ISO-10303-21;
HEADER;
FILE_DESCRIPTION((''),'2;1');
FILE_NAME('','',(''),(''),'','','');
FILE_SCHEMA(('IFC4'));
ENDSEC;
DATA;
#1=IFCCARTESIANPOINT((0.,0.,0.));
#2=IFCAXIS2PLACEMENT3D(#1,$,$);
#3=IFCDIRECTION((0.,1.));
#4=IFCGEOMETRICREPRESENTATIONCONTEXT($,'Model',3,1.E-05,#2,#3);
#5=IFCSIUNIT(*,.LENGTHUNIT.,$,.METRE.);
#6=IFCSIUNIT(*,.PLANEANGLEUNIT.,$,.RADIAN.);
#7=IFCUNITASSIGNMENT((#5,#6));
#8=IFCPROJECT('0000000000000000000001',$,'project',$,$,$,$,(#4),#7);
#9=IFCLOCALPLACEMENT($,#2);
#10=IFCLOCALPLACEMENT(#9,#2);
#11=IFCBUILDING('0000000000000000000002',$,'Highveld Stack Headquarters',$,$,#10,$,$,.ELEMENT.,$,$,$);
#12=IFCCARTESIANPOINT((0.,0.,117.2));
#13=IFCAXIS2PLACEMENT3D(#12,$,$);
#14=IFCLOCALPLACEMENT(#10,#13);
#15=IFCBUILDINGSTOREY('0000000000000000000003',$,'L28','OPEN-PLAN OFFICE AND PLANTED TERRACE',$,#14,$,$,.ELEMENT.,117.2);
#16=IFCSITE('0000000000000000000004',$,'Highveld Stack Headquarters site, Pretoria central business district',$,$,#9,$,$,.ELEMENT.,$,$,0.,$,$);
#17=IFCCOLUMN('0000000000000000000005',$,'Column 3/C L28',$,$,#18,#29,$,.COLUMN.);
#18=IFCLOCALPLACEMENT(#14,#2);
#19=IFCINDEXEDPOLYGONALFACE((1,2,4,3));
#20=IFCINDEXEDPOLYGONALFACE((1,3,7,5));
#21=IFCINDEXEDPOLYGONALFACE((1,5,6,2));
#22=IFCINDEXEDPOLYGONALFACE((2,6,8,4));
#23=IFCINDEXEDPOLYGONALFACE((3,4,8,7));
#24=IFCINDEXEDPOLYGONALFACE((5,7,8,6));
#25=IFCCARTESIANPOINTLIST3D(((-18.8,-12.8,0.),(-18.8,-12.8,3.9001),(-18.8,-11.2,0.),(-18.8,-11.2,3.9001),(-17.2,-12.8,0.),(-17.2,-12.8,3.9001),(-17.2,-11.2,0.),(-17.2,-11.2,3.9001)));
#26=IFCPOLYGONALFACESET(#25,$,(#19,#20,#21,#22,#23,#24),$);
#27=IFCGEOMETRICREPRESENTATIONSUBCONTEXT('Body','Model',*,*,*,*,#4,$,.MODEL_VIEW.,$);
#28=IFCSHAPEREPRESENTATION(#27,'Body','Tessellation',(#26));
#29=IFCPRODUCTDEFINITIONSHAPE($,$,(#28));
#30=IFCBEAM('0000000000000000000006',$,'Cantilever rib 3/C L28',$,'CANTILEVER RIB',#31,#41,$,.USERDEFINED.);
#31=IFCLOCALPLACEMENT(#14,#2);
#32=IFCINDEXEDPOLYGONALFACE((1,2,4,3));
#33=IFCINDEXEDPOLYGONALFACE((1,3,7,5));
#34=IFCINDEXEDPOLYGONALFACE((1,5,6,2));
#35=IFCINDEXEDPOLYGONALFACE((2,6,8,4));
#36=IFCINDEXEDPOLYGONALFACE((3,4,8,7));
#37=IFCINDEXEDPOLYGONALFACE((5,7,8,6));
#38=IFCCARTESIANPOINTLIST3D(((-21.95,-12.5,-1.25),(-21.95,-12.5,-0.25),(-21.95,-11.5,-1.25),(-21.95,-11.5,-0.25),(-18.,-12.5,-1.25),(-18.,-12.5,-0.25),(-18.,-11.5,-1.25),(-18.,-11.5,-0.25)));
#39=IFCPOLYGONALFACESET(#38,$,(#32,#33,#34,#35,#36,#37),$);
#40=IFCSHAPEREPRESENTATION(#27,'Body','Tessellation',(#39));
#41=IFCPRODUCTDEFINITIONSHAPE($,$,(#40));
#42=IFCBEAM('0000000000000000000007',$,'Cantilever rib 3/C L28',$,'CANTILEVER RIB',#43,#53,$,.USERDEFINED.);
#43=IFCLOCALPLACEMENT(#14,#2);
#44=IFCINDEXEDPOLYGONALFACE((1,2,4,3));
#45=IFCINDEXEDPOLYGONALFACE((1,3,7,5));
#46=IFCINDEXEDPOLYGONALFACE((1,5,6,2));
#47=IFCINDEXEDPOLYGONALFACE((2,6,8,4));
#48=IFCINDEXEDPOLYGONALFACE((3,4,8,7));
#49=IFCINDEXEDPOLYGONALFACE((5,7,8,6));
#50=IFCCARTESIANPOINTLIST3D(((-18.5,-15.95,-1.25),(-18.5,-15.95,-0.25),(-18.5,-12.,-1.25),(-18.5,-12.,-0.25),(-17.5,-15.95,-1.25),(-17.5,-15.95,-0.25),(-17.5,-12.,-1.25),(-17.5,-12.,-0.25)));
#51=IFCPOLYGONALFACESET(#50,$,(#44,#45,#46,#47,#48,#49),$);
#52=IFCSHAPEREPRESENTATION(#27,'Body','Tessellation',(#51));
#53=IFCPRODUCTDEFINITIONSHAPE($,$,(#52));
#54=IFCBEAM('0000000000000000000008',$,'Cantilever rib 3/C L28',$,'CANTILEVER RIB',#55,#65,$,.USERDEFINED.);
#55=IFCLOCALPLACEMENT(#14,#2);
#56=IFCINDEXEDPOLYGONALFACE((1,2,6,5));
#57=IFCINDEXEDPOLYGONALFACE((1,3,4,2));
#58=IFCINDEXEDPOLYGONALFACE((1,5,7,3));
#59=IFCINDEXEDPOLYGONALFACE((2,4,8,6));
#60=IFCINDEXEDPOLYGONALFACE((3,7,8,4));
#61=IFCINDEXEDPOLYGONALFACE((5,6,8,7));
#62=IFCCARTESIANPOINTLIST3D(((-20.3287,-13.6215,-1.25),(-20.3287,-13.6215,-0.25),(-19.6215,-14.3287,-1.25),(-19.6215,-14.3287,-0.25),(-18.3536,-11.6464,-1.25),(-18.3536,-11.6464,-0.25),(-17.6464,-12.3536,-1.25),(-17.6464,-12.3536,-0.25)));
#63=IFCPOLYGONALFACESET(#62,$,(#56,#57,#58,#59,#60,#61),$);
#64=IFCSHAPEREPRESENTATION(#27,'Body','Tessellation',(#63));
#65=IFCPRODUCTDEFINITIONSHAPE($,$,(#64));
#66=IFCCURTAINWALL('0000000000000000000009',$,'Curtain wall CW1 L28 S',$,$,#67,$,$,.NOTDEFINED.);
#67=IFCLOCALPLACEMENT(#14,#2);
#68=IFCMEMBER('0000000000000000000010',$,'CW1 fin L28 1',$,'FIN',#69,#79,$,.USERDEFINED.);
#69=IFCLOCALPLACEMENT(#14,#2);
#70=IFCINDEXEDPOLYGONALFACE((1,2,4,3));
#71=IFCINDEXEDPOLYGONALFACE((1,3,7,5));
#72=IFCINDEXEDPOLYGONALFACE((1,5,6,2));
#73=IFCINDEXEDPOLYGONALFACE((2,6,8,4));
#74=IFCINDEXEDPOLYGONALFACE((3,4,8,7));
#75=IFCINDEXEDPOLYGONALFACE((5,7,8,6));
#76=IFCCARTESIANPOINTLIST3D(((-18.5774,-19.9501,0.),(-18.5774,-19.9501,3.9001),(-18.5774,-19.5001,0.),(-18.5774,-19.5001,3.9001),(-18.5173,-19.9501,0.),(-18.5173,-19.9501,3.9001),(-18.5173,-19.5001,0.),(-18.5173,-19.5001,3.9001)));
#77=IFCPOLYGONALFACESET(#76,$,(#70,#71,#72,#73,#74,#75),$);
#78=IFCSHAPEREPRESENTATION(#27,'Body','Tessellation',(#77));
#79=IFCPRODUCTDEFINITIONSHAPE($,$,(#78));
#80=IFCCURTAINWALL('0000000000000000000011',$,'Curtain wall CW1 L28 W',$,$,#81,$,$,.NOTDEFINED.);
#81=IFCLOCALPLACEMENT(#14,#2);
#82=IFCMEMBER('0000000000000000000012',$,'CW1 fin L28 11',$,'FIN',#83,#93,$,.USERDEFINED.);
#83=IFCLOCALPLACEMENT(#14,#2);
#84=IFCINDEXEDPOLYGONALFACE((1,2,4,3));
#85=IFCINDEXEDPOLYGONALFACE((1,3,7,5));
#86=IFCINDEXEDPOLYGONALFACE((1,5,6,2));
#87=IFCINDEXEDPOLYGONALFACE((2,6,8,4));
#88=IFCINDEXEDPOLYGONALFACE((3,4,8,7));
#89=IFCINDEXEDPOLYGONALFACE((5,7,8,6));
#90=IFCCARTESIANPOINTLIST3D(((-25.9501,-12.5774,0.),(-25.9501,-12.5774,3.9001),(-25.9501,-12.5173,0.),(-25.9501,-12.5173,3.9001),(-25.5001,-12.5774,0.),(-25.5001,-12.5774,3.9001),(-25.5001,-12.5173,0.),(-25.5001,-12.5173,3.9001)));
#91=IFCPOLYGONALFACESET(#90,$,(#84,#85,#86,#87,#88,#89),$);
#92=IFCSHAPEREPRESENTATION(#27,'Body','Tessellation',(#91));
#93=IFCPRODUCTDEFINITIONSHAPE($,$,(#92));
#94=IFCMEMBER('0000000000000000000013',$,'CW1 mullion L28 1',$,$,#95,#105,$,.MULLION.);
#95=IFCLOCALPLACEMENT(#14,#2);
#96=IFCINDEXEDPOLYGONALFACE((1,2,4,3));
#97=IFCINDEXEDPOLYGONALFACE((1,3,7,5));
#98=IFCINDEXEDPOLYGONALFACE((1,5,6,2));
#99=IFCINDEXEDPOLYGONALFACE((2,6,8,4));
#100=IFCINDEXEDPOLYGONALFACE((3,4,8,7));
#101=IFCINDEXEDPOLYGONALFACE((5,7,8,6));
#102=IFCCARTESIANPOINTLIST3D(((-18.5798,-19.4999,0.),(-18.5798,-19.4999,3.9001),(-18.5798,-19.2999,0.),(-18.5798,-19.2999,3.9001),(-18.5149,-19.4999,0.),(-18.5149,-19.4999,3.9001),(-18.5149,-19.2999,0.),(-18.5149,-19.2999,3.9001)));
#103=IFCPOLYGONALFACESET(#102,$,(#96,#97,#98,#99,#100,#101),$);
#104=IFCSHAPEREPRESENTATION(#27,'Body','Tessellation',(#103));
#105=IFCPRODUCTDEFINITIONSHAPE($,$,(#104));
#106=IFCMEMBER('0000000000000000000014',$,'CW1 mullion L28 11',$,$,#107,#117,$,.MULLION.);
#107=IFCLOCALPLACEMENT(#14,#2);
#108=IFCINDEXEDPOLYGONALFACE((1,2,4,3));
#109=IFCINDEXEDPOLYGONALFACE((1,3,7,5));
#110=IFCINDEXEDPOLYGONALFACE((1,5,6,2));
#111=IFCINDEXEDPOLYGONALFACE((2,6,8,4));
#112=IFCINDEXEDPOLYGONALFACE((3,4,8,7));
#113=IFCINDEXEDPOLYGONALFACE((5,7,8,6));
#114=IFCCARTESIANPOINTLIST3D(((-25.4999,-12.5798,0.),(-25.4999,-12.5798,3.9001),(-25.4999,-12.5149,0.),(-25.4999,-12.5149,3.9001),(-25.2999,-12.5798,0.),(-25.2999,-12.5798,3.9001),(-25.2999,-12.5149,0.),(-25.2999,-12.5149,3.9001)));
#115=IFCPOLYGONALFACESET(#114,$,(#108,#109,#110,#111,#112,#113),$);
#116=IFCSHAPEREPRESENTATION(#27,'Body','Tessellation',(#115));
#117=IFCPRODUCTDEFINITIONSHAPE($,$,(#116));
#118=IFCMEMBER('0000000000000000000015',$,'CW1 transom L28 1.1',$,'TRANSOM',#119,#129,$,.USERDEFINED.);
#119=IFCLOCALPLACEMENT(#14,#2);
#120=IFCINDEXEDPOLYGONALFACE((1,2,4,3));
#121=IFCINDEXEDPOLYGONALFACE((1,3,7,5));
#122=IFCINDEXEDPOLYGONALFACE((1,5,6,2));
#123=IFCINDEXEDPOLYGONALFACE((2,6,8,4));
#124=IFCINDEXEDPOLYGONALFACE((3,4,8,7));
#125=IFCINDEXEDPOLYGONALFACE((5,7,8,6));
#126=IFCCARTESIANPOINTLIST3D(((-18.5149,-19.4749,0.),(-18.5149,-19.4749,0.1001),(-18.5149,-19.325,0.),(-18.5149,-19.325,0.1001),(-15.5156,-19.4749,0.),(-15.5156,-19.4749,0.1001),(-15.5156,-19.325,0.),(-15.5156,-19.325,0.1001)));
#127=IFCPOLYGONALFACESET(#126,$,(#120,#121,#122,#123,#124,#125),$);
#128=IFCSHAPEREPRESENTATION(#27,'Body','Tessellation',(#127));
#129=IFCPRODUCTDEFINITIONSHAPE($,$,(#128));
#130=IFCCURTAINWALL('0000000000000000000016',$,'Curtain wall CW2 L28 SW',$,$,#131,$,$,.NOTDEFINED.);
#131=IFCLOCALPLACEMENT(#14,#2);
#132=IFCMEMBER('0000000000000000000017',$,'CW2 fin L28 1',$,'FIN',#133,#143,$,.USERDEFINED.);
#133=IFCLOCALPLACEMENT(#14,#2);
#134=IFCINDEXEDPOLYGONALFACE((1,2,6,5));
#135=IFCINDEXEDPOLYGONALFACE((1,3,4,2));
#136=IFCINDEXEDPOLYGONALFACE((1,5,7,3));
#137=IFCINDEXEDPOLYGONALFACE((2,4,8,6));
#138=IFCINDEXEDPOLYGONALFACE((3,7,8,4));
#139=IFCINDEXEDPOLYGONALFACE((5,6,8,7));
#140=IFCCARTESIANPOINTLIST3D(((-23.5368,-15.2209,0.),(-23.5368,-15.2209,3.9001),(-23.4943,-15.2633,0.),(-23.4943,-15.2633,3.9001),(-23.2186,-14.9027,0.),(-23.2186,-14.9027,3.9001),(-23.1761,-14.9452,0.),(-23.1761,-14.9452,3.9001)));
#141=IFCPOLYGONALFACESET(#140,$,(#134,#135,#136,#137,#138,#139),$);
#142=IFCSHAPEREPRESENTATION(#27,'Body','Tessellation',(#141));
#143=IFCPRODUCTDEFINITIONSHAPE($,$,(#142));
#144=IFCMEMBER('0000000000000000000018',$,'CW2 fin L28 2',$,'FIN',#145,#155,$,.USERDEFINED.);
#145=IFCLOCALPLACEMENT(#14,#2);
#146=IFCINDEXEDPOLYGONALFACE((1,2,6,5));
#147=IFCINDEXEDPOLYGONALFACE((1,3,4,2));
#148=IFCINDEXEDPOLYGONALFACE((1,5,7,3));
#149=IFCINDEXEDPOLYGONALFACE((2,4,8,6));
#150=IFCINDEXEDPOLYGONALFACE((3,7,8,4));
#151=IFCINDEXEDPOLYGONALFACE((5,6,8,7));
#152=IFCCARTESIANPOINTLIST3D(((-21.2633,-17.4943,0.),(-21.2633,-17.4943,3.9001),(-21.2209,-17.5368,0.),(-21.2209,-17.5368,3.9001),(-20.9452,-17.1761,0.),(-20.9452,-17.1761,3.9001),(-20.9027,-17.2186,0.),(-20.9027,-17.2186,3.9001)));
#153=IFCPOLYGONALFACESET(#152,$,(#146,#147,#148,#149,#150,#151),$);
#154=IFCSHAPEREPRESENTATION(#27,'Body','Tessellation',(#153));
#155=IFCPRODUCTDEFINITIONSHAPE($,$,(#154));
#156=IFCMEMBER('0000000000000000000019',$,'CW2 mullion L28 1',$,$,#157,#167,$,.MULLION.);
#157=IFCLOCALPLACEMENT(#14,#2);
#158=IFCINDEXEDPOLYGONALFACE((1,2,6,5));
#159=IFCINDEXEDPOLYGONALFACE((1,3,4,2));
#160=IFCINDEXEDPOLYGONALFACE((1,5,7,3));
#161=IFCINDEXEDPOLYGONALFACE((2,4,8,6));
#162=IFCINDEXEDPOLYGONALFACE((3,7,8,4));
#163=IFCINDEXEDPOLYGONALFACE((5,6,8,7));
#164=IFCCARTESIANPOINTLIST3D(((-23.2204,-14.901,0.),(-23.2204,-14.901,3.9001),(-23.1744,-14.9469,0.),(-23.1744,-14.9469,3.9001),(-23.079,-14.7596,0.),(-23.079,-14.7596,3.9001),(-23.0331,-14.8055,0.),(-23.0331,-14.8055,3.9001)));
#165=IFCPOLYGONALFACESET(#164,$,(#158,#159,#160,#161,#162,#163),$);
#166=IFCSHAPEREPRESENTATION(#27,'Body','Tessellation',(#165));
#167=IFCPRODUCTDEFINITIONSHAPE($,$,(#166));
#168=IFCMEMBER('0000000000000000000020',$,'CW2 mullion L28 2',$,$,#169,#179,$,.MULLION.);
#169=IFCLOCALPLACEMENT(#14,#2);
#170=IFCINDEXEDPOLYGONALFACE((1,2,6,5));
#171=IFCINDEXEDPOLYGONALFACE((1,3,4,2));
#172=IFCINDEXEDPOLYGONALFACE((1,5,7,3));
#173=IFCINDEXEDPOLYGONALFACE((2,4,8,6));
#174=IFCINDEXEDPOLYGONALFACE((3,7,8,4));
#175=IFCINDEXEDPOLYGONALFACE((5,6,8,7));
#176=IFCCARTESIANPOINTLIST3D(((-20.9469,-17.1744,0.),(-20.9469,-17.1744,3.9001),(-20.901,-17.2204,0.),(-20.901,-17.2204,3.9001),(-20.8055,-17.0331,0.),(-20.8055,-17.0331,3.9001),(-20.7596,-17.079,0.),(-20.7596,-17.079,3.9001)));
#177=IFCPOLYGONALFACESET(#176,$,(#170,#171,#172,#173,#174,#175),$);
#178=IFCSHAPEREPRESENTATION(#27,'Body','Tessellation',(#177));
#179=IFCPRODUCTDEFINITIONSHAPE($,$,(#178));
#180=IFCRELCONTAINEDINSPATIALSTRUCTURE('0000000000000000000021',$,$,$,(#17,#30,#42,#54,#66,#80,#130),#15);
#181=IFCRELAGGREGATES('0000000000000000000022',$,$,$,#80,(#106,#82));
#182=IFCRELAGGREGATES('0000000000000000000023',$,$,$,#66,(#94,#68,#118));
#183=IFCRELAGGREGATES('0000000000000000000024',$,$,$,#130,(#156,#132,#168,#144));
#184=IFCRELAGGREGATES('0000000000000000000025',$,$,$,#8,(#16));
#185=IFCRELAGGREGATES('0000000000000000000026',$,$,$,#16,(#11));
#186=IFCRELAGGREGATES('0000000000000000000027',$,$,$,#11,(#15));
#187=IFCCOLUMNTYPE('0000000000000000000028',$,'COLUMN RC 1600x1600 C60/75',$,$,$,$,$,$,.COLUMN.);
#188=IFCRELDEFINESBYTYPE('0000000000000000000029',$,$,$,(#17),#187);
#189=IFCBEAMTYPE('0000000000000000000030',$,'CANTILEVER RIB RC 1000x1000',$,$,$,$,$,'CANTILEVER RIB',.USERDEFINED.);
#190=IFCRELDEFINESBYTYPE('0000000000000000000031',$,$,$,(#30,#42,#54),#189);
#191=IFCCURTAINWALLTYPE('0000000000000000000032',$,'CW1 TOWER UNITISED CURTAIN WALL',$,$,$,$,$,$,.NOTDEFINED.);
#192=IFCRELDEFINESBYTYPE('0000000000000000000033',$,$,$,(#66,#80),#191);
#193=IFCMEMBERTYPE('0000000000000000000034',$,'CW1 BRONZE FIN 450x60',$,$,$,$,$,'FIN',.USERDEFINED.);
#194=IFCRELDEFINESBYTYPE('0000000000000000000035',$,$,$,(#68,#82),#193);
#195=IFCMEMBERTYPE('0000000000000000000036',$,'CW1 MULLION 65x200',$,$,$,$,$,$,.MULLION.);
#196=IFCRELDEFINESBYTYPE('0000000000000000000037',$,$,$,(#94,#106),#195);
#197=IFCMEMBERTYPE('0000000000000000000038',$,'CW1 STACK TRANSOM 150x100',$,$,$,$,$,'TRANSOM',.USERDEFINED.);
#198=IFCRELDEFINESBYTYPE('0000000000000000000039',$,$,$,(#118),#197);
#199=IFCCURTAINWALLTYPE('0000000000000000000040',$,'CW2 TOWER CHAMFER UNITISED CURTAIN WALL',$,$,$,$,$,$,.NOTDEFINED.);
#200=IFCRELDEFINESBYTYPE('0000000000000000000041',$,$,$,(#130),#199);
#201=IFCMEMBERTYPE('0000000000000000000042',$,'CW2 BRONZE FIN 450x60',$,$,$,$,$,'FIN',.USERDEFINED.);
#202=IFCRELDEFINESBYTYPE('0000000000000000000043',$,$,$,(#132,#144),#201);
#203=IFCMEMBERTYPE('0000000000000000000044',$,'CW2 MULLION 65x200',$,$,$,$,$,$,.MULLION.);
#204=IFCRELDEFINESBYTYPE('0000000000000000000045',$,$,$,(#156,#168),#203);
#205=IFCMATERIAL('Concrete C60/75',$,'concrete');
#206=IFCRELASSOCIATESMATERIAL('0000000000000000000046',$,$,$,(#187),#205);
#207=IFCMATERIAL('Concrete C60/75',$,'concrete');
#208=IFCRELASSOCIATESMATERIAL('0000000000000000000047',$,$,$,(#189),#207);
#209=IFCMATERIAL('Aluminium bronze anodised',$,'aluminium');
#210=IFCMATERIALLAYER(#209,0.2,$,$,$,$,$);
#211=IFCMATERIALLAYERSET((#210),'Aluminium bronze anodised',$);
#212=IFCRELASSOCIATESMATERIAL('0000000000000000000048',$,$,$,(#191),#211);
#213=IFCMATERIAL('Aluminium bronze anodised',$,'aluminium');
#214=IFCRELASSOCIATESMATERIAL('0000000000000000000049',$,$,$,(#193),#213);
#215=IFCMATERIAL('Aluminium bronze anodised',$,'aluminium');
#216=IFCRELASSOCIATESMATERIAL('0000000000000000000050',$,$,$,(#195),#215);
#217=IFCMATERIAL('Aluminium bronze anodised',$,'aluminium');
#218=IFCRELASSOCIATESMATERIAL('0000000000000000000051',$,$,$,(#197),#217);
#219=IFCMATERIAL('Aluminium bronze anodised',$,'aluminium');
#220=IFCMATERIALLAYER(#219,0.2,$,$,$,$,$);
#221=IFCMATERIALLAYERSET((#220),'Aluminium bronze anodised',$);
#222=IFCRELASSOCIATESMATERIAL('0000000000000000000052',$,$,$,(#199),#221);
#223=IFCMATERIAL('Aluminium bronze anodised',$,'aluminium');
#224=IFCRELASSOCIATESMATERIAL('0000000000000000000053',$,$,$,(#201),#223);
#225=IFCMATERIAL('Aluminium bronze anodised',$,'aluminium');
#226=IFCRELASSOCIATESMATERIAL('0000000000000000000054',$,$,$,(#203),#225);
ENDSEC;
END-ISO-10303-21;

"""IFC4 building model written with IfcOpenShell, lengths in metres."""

from ifc_helpers import new_model, si_unit, direction, frame, origin, origin_2d, place, context, subcontext, project, spatial, rectangle, extrude, material, layer, layer_set, material_profile, profile_set, type_object, element, aggregate, save


model = new_model("IFC4")

# Units and contexts
model_context = context("Model", 3, precision=1e-05, world=origin(), true_north=direction((0.0, 1.0)))
body_context = subcontext(model_context, "Body", "Model", "MODEL_VIEW")
ifc_project = project(units=[si_unit("LENGTHUNIT", "METRE"), si_unit("PLANEANGLEUNIT", "RADIAN")], contexts=[model_context])

# Site, building, storey
site_placement = place(None, origin())
site = spatial("IfcSite", under=ifc_project, at=site_placement, Name="Highveld Stack Headquarters site, Pretoria central business district", CompositionType="ELEMENT", RefElevation=0.0)
building_placement = place(site_placement, origin())
building = spatial("IfcBuilding", under=site, at=building_placement, Name="Highveld Stack Headquarters", CompositionType="ELEMENT")
storey_placement = place(building_placement, frame((0.0, 0.0, 117.2)))
storey = spatial("IfcBuildingStorey", under=building, at=storey_placement, Name="L28", Description="OPEN-PLAN OFFICE AND PLANTED TERRACE", CompositionType="ELEMENT", Elevation=117.2)

# Column
ifc_material_1 = material(Name="Concrete C60/75", Category="concrete")
ifc_material_profile_1 = material_profile(ifc_material_1, rectangle(XDim=1.6001, YDim=1.6001, at=origin_2d()), Name="RC 1600x1600")
ifc_profile_set_1 = profile_set([ifc_material_profile_1], Name="Concrete C60/75")
column_type = type_object("IfcColumnType", Name="COLUMN RC 1600x1600 C60/75", PredefinedType="COLUMN", material=ifc_profile_set_1)
column_placement = place(storey_placement, frame((-18.0, -12.0, 0.0), z_axis=(0.0, 0.0, 1.0), x_axis=(1.0, 0.0, 0.0)))
element("IfcColumn", 1, at=column_placement, inside=storey, type_object=column_type, Name="Column 3/C L28", PredefinedType="COLUMN", context=body_context, shape_type="SweptSolid", body=[
    extrude(rectangle(XDim=1.6001, YDim=1.6001, at=origin_2d()), origin(), (0.0, 0.0, 1.0), 3.9001),
])

# Beams
ifc_material_2 = material(Name="Concrete C60/75", Category="concrete")
ifc_material_profile_2 = material_profile(ifc_material_2, rectangle(XDim=1.0, YDim=1.0, at=origin_2d()), Name="RC 1000x1000")
ifc_profile_set_2 = profile_set([ifc_material_profile_2], Name="Concrete C60/75")
beam_type_1 = type_object("IfcBeamType", Name="CANTILEVER RIB RC 1000x1000", ElementType="CANTILEVER RIB", PredefinedType="USERDEFINED", material=ifc_profile_set_2)
for number, where, z_axis, x_axis, name in (
    (2, (-18.0, -12.0, -0.75), (-1.0, 0.0, 0.0), (0.0, -1.0, 0.0), "Cantilever rib 3/C L28"),
    (3, (-18.0, -12.0, -0.75), (0.0, -1.0, 0.0), (1.0, 0.0, 0.0), "Cantilever rib 3/C L28"),
):
    element("IfcBeam", number, at=place(storey_placement, frame(where, z_axis=z_axis, x_axis=x_axis)), inside=storey, type_object=beam_type_1, Name=name, ObjectType="CANTILEVER RIB", PredefinedType="USERDEFINED", context=body_context, shape_type="SweptSolid", body=[
        extrude(rectangle(XDim=1.0, YDim=1.0, at=origin_2d()), origin(), (0.0, 0.0, 1.0), 3.95),
    ])
beam_1_placement = place(storey_placement, frame((-18.0, -12.0, -0.75), z_axis=(-0.707107, -0.707107, 0.0), x_axis=(0.707107, -0.707107, 0.0)))
element("IfcBeam", 4, at=beam_1_placement, inside=storey, type_object=beam_type_1, Name="Cantilever rib 3/C L28", ObjectType="CANTILEVER RIB", PredefinedType="USERDEFINED", context=body_context, shape_type="SweptSolid", body=[
    extrude(rectangle(XDim=1.0, YDim=1.0, at=origin_2d()), origin(), (0.0, 0.0, 1.0), 2.7932),
])

# Curtain walls, members
ifc_material_3 = material(Name="Aluminium bronze anodised", Category="aluminium")
ifc_layer_1 = layer(ifc_material_3, 0.2)
ifc_layer_set_1 = layer_set([ifc_layer_1], Name="Aluminium bronze anodised")
curtain_wall_type_1 = type_object("IfcCurtainWallType", Name="CW1 TOWER UNITISED CURTAIN WALL", PredefinedType="NOTDEFINED", material=ifc_layer_set_1)
curtain_wall_1_placement = place(storey_placement, origin())
curtain_wall_1 = element("IfcCurtainWall", 5, at=curtain_wall_1_placement, inside=storey, type_object=curtain_wall_type_1, Name="Curtain wall CW1 L28 S", PredefinedType="NOTDEFINED")
ifc_material_4 = material(Name="Aluminium bronze anodised", Category="aluminium")
ifc_material_profile_3 = material_profile(ifc_material_4, rectangle(XDim=0.45, YDim=0.0601, at=origin_2d()), Name="FIN 450x60")
ifc_profile_set_3 = profile_set([ifc_material_profile_3], Name="Aluminium bronze anodised")
member_type_1 = type_object("IfcMemberType", Name="CW1 BRONZE FIN 450x60", ElementType="FIN", PredefinedType="USERDEFINED", material=ifc_profile_set_3)
member_1_placement = place(storey_placement, frame((-18.5474, -19.7251, 0.0), z_axis=(0.0, 0.0, 1.0), x_axis=(0.0, 1.0, 0.0)))
member_1 = element("IfcMember", 6, at=member_1_placement, type_object=member_type_1, Name="CW1 fin L28 1", ObjectType="FIN", PredefinedType="USERDEFINED", context=body_context, shape_type="SweptSolid", body=[
    extrude(rectangle(XDim=0.45, YDim=0.0601, at=origin_2d()), origin(), (0.0, 0.0, 1.0), 3.9001),
])
curtain_wall_2_placement = place(storey_placement, origin())
curtain_wall_2 = element("IfcCurtainWall", 7, at=curtain_wall_2_placement, inside=storey, type_object=curtain_wall_type_1, Name="Curtain wall CW1 L28 W", PredefinedType="NOTDEFINED")
member_2_placement = place(storey_placement, frame((-25.7251, -12.5474, 0.0), z_axis=(0.0, 0.0, 1.0), x_axis=(1.0, 0.0, 0.0)))
member_2 = element("IfcMember", 8, at=member_2_placement, type_object=member_type_1, Name="CW1 fin L28 11", ObjectType="FIN", PredefinedType="USERDEFINED", context=body_context, shape_type="SweptSolid", body=[
    extrude(rectangle(XDim=0.45, YDim=0.0601, at=origin_2d()), origin(), (0.0, 0.0, 1.0), 3.9001),
])

# Members
ifc_material_5 = material(Name="Aluminium bronze anodised", Category="aluminium")
ifc_material_profile_4 = material_profile(ifc_material_5, rectangle(XDim=0.2, YDim=0.0649, at=origin_2d()), Name="CW1 MULLION 65x200")
ifc_profile_set_4 = profile_set([ifc_material_profile_4], Name="Aluminium bronze anodised")
member_type_2 = type_object("IfcMemberType", Name="CW1 MULLION 65x200", PredefinedType="MULLION", material=ifc_profile_set_4)
member_3_placement = place(storey_placement, frame((-18.5474, -19.3999, 0.0), z_axis=(0.0, 0.0, 1.0), x_axis=(0.0, 1.0, 0.0)))
member_3 = element("IfcMember", 9, at=member_3_placement, type_object=member_type_2, Name="CW1 mullion L28 1", PredefinedType="MULLION", context=body_context, shape_type="SweptSolid", body=[
    extrude(rectangle(XDim=0.2, YDim=0.0649, at=origin_2d()), origin(), (0.0, 0.0, 1.0), 3.9001),
])
member_4_placement = place(storey_placement, frame((-25.3999, -12.5474, 0.0), z_axis=(0.0, 0.0, 1.0), x_axis=(1.0, 0.0, 0.0)))
member_4 = element("IfcMember", 10, at=member_4_placement, type_object=member_type_2, Name="CW1 mullion L28 11", PredefinedType="MULLION", context=body_context, shape_type="SweptSolid", body=[
    extrude(rectangle(XDim=0.2, YDim=0.0649, at=origin_2d()), origin(), (0.0, 0.0, 1.0), 3.9001),
])
aggregate(curtain_wall_2, [member_4, member_2])
ifc_material_6 = material(Name="Aluminium bronze anodised", Category="aluminium")
ifc_material_profile_5 = material_profile(ifc_material_6, rectangle(XDim=0.1499, YDim=0.1001, at=origin_2d()), Name="CW1 TRANSOM 150x100")
ifc_profile_set_5 = profile_set([ifc_material_profile_5], Name="Aluminium bronze anodised")
member_type_3 = type_object("IfcMemberType", Name="CW1 STACK TRANSOM 150x100", ElementType="TRANSOM", PredefinedType="USERDEFINED", material=ifc_profile_set_5)
member_5_placement = place(storey_placement, frame((-18.5149, -19.3999, 0.05), z_axis=(1.0, 0.0, 0.0), x_axis=(0.0, 1.0, 0.0)))
member_5 = element("IfcMember", 11, at=member_5_placement, type_object=member_type_3, Name="CW1 transom L28 1.1", ObjectType="TRANSOM", PredefinedType="USERDEFINED", context=body_context, shape_type="SweptSolid", body=[
    extrude(rectangle(XDim=0.1499, YDim=0.1001, at=origin_2d()), origin(), (0.0, 0.0, 1.0), 2.9993),
])
aggregate(curtain_wall_1, [member_3, member_1, member_5])

# Curtain wall, members
ifc_material_7 = material(Name="Aluminium bronze anodised", Category="aluminium")
ifc_layer_2 = layer(ifc_material_7, 0.2)
ifc_layer_set_2 = layer_set([ifc_layer_2], Name="Aluminium bronze anodised")
curtain_wall_type_2 = type_object("IfcCurtainWallType", Name="CW2 TOWER CHAMFER UNITISED CURTAIN WALL", PredefinedType="NOTDEFINED", material=ifc_layer_set_2)
curtain_wall_3_placement = place(storey_placement, origin())
curtain_wall_3 = element("IfcCurtainWall", 12, at=curtain_wall_3_placement, inside=storey, type_object=curtain_wall_type_2, Name="Curtain wall CW2 L28 SW", PredefinedType="NOTDEFINED")
ifc_material_8 = material(Name="Aluminium bronze anodised", Category="aluminium")
ifc_material_profile_6 = material_profile(ifc_material_8, rectangle(XDim=0.45, YDim=0.0601, at=origin_2d()), Name="FIN 450x60")
ifc_profile_set_6 = profile_set([ifc_material_profile_6], Name="Aluminium bronze anodised")
member_type_4 = type_object("IfcMemberType", Name="CW2 BRONZE FIN 450x60", ElementType="FIN", PredefinedType="USERDEFINED", material=ifc_profile_set_6)
member_6_placement = place(storey_placement, frame((-23.3564, -15.083, 0.0), z_axis=(0.0, 0.0, 1.0), x_axis=(0.707107, 0.707107, 0.0)))
member_6 = element("IfcMember", 13, at=member_6_placement, type_object=member_type_4, Name="CW2 fin L28 1", ObjectType="FIN", PredefinedType="USERDEFINED", context=body_context, shape_type="SweptSolid", body=[
    extrude(rectangle(XDim=0.45, YDim=0.0601, at=origin_2d()), origin(), (0.0, 0.0, 1.0), 3.9001),
])
member_7_placement = place(storey_placement, frame((-21.083, -17.3564, 0.0), z_axis=(0.0, 0.0, 1.0), x_axis=(0.707107, 0.707107, 0.0)))
member_7 = element("IfcMember", 14, at=member_7_placement, type_object=member_type_4, Name="CW2 fin L28 2", ObjectType="FIN", PredefinedType="USERDEFINED", context=body_context, shape_type="SweptSolid", body=[
    extrude(rectangle(XDim=0.45, YDim=0.0601, at=origin_2d()), origin(), (0.0, 0.0, 1.0), 3.9001),
])
ifc_material_9 = material(Name="Aluminium bronze anodised", Category="aluminium")
ifc_material_profile_7 = material_profile(ifc_material_9, rectangle(XDim=0.2, YDim=0.0649, at=origin_2d()), Name="CW2 MULLION 65x200")
ifc_profile_set_7 = profile_set([ifc_material_profile_7], Name="Aluminium bronze anodised")
member_type_5 = type_object("IfcMemberType", Name="CW2 MULLION 65x200", PredefinedType="MULLION", material=ifc_profile_set_7)
member_8_placement = place(storey_placement, frame((-23.1267, -14.8533, 0.0), z_axis=(0.0, 0.0, 1.0), x_axis=(0.707107, 0.707107, 0.0)))
member_8 = element("IfcMember", 15, at=member_8_placement, type_object=member_type_5, Name="CW2 mullion L28 1", PredefinedType="MULLION", context=body_context, shape_type="SweptSolid", body=[
    extrude(rectangle(XDim=0.2, YDim=0.0649, at=origin_2d()), origin(), (0.0, 0.0, 1.0), 3.9001),
])
member_9_placement = place(storey_placement, frame((-20.8533, -17.1267, 0.0), z_axis=(0.0, 0.0, 1.0), x_axis=(0.707107, 0.707107, 0.0)))
member_9 = element("IfcMember", 16, at=member_9_placement, type_object=member_type_5, Name="CW2 mullion L28 2", PredefinedType="MULLION", context=body_context, shape_type="SweptSolid", body=[
    extrude(rectangle(XDim=0.2, YDim=0.0649, at=origin_2d()), origin(), (0.0, 0.0, 1.0), 3.9001),
])

aggregate(curtain_wall_3, [member_8, member_6, member_9, member_7])

save(model, "model.ifc")
